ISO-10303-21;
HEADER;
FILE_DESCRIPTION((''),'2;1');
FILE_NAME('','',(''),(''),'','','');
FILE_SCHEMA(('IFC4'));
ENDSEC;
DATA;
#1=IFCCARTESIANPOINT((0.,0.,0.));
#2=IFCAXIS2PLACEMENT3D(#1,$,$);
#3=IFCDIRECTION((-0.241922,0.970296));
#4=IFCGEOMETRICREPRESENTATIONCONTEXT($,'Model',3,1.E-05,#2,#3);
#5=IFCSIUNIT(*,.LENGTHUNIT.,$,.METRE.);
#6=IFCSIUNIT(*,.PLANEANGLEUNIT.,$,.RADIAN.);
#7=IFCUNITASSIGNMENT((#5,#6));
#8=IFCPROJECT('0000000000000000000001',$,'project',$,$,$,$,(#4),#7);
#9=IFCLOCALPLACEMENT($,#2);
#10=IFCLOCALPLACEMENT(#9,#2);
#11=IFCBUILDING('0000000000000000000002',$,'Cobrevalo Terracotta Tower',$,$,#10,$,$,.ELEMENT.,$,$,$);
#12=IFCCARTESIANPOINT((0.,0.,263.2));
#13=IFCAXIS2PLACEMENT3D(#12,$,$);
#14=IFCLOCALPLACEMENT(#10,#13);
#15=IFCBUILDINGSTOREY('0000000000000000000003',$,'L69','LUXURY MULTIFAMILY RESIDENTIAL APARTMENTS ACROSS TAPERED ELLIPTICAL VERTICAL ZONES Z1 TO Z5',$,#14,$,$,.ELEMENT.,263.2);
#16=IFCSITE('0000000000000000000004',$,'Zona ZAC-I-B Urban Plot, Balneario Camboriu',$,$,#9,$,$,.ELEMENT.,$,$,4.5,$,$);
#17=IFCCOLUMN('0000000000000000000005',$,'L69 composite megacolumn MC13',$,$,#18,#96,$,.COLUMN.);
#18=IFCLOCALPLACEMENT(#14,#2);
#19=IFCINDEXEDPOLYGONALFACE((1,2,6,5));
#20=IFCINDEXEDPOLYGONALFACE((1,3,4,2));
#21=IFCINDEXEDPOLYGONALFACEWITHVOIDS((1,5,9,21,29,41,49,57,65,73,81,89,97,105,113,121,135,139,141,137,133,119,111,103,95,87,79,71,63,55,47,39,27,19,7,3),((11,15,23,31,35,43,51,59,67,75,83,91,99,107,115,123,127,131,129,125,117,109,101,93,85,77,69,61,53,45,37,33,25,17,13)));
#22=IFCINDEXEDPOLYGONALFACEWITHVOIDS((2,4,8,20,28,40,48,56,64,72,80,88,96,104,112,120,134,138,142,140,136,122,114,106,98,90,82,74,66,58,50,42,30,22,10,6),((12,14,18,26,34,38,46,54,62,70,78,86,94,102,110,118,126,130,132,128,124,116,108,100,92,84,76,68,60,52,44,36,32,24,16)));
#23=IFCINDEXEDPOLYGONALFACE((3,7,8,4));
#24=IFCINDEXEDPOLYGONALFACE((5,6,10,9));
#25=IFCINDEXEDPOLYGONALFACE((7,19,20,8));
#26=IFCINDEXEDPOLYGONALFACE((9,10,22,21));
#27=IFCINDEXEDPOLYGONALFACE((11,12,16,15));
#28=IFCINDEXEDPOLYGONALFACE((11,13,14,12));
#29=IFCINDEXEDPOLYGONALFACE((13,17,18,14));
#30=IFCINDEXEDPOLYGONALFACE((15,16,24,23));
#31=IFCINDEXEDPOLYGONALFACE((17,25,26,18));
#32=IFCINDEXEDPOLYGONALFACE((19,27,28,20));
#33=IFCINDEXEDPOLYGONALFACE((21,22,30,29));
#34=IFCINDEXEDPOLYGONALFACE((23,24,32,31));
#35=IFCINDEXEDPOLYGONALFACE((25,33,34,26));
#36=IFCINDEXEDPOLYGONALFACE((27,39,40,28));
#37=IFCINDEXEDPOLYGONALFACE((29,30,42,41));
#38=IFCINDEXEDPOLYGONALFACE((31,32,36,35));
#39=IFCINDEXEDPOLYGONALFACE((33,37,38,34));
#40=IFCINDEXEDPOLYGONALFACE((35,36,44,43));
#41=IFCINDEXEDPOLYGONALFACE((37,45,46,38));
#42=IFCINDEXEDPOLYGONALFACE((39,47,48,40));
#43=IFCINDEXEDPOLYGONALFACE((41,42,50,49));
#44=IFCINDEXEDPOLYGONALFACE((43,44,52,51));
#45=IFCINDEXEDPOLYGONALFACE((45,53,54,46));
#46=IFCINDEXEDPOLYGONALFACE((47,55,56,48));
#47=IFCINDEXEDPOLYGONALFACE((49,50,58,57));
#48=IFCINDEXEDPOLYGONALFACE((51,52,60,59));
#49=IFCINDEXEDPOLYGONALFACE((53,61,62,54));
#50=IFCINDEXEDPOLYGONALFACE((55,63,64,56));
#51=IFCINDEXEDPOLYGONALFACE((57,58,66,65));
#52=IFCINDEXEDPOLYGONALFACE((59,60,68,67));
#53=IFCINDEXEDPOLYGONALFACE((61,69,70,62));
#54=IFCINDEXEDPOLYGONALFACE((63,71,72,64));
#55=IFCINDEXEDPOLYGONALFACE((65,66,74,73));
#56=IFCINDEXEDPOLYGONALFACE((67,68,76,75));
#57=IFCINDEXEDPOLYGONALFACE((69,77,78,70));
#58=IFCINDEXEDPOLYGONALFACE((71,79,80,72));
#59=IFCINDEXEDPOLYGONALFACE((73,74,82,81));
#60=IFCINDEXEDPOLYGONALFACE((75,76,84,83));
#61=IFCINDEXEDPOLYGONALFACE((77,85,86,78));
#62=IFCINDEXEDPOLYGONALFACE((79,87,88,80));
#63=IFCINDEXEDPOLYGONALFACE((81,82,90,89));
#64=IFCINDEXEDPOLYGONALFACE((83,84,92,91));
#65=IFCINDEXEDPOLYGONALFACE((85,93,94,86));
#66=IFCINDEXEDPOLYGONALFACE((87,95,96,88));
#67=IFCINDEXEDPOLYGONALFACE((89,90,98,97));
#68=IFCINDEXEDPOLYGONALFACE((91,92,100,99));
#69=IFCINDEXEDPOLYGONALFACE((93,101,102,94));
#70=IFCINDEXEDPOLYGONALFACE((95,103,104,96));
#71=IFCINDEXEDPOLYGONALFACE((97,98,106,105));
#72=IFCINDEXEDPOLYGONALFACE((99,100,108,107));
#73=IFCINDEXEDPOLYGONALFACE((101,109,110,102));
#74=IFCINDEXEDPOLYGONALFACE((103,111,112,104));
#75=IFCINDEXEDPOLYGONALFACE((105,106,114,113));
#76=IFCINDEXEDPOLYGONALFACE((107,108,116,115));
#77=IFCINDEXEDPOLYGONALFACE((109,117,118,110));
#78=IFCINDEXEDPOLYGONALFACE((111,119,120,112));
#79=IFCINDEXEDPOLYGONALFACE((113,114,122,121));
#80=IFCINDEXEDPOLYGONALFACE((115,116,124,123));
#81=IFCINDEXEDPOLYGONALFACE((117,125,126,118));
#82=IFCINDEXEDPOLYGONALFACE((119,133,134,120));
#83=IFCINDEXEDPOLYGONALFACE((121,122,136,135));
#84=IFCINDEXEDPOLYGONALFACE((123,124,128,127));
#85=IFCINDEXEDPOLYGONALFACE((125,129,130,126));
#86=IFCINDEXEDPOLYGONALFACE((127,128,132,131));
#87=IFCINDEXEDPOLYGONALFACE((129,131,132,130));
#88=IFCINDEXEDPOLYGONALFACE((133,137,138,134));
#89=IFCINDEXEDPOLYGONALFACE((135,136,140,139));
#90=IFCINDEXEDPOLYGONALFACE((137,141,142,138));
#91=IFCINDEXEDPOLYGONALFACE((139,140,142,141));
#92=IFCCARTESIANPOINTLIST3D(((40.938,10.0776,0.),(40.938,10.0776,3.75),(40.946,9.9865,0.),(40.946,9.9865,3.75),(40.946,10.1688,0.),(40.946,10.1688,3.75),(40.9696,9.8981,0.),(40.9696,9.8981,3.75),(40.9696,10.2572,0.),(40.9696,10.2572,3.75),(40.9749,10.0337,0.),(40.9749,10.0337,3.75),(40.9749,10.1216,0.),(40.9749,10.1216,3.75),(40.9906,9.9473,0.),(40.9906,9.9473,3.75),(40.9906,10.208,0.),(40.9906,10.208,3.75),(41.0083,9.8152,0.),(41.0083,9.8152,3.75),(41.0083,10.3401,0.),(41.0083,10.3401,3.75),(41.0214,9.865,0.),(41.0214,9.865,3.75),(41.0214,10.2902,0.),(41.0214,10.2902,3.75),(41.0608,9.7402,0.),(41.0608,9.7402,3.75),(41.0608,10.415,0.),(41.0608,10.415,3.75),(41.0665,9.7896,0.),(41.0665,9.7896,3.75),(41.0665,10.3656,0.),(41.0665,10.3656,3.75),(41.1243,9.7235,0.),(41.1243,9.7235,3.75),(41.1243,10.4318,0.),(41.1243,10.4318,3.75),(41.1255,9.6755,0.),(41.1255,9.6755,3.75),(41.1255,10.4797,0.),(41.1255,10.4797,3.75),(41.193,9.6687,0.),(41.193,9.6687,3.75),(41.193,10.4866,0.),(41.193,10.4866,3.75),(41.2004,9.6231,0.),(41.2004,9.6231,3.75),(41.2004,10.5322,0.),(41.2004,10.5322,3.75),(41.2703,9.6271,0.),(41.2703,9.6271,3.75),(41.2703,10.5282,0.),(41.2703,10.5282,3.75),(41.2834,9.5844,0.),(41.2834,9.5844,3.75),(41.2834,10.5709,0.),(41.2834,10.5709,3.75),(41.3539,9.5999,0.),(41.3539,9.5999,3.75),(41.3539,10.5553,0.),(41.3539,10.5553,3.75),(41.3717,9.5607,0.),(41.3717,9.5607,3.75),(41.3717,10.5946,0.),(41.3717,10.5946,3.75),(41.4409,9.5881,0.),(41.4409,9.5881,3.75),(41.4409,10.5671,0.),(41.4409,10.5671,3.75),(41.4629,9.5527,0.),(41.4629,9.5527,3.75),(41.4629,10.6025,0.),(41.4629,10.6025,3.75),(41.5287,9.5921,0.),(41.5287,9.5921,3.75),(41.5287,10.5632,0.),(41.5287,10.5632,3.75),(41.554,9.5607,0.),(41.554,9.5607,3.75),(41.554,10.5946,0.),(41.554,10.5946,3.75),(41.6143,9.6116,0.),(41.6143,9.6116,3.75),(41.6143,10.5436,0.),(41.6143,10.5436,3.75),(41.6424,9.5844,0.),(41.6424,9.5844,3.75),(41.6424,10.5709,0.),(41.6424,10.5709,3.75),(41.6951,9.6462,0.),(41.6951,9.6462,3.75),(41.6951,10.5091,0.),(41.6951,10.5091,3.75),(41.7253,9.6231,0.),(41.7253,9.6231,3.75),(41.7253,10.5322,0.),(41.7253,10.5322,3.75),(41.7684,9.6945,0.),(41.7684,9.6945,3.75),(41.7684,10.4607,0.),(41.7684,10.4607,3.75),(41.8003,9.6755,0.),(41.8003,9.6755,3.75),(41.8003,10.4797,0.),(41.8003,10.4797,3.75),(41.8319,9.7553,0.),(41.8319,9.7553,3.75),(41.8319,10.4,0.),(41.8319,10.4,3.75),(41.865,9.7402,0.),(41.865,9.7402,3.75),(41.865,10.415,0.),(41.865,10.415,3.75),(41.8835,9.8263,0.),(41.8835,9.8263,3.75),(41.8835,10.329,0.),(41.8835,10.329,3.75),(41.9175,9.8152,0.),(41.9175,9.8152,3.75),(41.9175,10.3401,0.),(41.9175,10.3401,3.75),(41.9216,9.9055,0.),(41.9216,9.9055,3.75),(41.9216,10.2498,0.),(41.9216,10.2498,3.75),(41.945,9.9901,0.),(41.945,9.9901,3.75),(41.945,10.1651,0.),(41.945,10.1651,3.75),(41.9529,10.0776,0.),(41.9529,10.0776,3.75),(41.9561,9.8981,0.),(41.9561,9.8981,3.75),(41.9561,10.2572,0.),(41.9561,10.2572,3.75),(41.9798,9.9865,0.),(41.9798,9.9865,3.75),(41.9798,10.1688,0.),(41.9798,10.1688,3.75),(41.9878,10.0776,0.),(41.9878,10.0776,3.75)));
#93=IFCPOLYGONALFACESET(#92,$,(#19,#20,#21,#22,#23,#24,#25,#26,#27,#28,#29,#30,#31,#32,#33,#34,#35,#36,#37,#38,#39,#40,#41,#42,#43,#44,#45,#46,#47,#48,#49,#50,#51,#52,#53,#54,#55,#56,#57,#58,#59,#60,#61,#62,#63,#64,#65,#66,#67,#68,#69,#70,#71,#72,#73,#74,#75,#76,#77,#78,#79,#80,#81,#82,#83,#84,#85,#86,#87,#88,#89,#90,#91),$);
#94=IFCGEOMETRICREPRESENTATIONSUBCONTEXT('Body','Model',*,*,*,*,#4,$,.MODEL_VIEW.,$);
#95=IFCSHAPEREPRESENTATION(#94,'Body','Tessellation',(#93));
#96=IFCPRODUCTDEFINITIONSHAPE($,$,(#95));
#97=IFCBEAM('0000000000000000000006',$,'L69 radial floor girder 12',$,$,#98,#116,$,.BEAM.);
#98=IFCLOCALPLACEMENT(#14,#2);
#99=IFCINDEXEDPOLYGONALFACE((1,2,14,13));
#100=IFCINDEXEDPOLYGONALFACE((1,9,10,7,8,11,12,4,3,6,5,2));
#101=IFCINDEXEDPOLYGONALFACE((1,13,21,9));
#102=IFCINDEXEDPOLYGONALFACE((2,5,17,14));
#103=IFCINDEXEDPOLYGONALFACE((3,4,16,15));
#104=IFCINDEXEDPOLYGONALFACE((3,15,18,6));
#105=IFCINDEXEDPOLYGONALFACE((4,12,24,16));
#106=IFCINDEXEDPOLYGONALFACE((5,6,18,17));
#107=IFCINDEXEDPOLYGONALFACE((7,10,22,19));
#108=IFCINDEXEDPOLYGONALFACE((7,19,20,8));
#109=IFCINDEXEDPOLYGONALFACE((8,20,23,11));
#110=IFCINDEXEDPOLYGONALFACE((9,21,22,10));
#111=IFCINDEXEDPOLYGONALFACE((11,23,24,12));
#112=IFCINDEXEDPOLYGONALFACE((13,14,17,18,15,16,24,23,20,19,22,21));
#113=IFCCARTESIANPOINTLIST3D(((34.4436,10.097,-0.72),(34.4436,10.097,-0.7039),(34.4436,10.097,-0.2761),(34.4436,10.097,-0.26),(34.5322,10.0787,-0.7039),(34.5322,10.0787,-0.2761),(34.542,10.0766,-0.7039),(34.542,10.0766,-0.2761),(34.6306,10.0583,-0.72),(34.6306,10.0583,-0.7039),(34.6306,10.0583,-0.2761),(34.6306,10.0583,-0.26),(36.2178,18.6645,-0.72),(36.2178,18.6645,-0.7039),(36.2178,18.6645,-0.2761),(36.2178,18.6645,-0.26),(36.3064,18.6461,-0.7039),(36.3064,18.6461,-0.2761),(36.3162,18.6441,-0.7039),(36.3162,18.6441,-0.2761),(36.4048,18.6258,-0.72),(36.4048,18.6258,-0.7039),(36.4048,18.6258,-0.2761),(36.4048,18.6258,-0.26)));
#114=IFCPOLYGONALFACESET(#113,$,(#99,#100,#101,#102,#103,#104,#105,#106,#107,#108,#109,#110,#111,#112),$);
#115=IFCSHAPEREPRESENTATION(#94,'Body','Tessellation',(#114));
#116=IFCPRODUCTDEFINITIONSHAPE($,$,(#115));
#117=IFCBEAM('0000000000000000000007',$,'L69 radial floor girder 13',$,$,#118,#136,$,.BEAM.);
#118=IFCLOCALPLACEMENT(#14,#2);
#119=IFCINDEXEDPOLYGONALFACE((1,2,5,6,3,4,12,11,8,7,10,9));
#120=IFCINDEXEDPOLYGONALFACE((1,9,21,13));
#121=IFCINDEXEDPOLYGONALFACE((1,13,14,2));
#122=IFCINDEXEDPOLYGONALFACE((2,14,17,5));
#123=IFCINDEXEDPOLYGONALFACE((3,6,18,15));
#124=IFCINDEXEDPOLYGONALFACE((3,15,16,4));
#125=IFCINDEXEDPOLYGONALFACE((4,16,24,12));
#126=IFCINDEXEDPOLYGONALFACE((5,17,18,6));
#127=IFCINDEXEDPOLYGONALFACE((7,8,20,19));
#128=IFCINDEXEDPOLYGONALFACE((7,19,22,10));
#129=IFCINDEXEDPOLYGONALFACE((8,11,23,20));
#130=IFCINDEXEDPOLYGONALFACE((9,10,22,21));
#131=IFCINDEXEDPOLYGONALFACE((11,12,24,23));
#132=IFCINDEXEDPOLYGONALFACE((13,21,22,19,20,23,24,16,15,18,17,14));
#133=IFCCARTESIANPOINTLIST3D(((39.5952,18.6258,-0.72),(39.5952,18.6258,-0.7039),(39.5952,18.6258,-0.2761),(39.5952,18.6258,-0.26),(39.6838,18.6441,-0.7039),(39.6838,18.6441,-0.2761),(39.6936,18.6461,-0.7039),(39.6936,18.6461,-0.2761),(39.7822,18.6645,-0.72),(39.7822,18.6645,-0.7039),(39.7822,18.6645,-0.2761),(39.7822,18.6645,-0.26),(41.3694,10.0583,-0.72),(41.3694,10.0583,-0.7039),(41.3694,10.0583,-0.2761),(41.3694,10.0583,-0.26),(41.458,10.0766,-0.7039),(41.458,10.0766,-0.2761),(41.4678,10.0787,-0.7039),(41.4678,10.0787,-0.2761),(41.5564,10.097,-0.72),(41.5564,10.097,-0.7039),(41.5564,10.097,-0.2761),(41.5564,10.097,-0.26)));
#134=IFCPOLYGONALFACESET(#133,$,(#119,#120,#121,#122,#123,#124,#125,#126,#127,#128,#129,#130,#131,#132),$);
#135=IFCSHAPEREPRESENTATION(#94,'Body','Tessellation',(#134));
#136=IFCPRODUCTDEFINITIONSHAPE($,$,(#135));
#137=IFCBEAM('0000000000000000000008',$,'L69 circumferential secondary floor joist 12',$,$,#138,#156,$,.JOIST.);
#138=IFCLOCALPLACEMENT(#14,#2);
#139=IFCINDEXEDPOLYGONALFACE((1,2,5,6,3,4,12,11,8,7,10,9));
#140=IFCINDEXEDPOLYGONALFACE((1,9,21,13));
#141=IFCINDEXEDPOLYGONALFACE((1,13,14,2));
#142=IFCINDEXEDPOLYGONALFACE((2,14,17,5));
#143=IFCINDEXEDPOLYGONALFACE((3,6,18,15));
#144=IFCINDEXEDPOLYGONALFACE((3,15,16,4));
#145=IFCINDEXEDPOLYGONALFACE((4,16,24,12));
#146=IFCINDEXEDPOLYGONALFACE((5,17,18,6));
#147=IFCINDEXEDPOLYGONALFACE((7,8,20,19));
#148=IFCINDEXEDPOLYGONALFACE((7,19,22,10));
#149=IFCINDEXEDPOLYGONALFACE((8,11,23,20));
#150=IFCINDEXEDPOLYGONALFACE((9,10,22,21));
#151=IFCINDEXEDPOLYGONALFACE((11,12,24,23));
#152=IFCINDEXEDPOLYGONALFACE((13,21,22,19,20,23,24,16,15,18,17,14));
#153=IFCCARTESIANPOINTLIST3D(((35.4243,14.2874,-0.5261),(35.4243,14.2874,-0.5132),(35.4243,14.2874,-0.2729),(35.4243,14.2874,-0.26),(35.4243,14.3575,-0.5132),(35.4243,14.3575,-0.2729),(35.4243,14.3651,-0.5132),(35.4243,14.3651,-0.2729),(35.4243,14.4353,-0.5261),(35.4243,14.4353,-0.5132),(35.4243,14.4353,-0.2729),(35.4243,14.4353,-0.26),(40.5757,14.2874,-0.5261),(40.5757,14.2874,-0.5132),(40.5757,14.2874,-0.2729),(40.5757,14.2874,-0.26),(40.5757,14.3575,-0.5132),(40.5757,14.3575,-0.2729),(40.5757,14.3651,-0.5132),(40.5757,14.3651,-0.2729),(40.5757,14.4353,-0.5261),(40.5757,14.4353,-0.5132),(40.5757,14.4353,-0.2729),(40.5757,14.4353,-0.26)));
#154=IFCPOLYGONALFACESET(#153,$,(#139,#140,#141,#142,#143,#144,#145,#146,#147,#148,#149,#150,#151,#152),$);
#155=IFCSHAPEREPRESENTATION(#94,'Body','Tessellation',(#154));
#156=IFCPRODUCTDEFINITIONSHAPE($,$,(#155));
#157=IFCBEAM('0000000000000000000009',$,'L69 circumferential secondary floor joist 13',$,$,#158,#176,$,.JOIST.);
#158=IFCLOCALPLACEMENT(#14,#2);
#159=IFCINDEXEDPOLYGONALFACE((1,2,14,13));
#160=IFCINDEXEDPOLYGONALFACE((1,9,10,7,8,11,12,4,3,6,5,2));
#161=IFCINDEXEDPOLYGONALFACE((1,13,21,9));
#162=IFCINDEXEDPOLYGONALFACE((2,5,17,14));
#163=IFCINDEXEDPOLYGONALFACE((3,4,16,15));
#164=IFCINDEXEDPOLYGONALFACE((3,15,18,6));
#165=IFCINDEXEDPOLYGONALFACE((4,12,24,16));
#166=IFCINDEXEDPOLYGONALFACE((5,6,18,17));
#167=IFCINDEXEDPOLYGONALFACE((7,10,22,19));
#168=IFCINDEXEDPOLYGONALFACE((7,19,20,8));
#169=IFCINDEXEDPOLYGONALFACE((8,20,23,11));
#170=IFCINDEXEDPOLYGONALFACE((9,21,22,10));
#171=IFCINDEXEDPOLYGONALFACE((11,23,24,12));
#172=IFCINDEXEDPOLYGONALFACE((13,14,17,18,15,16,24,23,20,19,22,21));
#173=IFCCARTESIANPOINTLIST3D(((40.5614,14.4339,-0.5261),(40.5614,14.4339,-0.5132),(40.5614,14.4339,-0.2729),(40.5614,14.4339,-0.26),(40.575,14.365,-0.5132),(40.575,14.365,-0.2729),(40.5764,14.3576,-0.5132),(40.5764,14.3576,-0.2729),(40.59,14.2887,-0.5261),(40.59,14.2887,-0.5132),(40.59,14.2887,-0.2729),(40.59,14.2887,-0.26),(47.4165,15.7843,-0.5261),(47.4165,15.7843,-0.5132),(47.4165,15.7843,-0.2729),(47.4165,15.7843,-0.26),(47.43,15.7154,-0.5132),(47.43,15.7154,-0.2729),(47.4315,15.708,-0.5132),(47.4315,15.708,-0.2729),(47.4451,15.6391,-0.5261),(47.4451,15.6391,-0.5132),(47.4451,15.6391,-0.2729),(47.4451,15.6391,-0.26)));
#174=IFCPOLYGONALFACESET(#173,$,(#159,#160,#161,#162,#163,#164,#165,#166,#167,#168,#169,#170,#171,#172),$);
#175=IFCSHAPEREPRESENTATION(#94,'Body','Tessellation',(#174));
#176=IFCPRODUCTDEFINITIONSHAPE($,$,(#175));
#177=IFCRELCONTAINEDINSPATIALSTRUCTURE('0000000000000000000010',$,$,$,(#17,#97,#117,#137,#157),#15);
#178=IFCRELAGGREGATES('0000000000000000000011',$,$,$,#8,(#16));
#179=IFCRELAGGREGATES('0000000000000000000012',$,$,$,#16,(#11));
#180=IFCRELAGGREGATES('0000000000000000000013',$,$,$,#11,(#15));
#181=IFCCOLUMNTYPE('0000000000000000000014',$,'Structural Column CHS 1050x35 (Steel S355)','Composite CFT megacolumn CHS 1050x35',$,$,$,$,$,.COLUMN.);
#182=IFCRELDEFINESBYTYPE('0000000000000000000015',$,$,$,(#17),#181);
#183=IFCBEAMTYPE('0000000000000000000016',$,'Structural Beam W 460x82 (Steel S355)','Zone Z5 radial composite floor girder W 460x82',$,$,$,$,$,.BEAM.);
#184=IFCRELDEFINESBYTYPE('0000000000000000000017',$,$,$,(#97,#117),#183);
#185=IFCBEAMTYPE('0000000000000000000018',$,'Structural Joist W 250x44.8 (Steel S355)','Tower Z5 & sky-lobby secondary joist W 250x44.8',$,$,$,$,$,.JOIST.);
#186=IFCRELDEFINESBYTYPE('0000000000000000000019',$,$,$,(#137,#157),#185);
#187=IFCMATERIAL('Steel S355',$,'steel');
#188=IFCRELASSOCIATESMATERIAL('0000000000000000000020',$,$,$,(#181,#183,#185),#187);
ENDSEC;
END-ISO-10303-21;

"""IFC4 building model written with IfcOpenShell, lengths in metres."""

from ifc_helpers import new_model, si_unit, direction, frame, origin, origin_2d, place, context, subcontext, project, spatial, hollow_circle, i_section, extrude, material, material_profile, profile_set, type_object, element, save


model = new_model("IFC4")

# Units and contexts
model_context = context("Model", 3, precision=1e-05, world=origin(), true_north=direction((-0.241922, 0.970296)))
body_context = subcontext(model_context, "Body", "Model", "MODEL_VIEW")
ifc_project = project(units=[si_unit("LENGTHUNIT", "METRE"), si_unit("PLANEANGLEUNIT", "RADIAN")], contexts=[model_context])

# Site, building, storey
site_placement = place(None, origin())
site = spatial("IfcSite", under=ifc_project, at=site_placement, Name="Zona ZAC-I-B Urban Plot, Balneario Camboriu", CompositionType="ELEMENT", RefElevation=4.5)
building_placement = place(site_placement, origin())
building = spatial("IfcBuilding", under=site, at=building_placement, Name="Cobrevalo Terracotta Tower", CompositionType="ELEMENT")
storey_placement = place(building_placement, frame((0.0, 0.0, 263.2)))
storey = spatial("IfcBuildingStorey", under=building, at=storey_placement, Name="L69", Description="LUXURY MULTIFAMILY RESIDENTIAL APARTMENTS ACROSS TAPERED ELLIPTICAL VERTICAL ZONES Z1 TO Z5", CompositionType="ELEMENT", Elevation=263.2)

# Column
ifc_material_1 = material(Name="Steel S355", Category="steel")
ifc_material_profile_1 = material_profile(ifc_material_1, hollow_circle(Radius=0.5249, WallThickness=0.0349, at=origin_2d()), Name="CHS 1050x35")
ifc_profile_set_1 = profile_set([ifc_material_profile_1], Name="Steel S355")
column_type = type_object("IfcColumnType", Name="Structural Column CHS 1050x35 (Steel S355)", Description="Composite CFT megacolumn CHS 1050x35", PredefinedType="COLUMN", material=ifc_profile_set_1)
column_placement = place(storey_placement, frame((41.4629, 10.0776, 0.0), z_axis=(0.0, 0.0, 1.0), x_axis=(1.0, 0.0, 0.0)))
element("IfcColumn", 1, at=column_placement, inside=storey, type_object=column_type, Name="L69 composite megacolumn MC13", PredefinedType="COLUMN", context=body_context, shape_type="SweptSolid", body=[
    extrude(hollow_circle(Radius=0.5249, WallThickness=0.0349, at=origin_2d()), origin(), (0.0, 0.0, 1.0), 3.75),
])

# Beams
ifc_material_profile_2 = material_profile(ifc_material_1, i_section(OverallWidth=0.1909, OverallDepth=0.46, WebThickness=0.01, FlangeThickness=0.0161, at=origin_2d()), Name="W 460x82")
ifc_profile_set_2 = profile_set([ifc_material_profile_2], Name="Steel S355")
beam_type_1 = type_object("IfcBeamType", Name="Structural Beam W 460x82 (Steel S355)", Description="Zone Z5 radial composite floor girder W 460x82", PredefinedType="BEAM", material=ifc_profile_set_2)
for number, where, z_axis, x_axis, name in (
    (2, (34.5371, 10.0776, -0.49), (0.202782, 0.979224, 0.0), (-0.979224, 0.202782, 0.0), "L69 radial floor girder 12"),
    (3, (41.4629, 10.0776, -0.49), (-0.202782, 0.979224, 0.0), (-0.979224, -0.202782, 0.0), "L69 radial floor girder 13"),
):
    element("IfcBeam", number, at=place(storey_placement, frame(where, z_axis=z_axis, x_axis=x_axis)), inside=storey, type_object=beam_type_1, Name=name, PredefinedType="BEAM", context=body_context, shape_type="SweptSolid", body=[
        extrude(i_section(OverallWidth=0.1909, OverallDepth=0.46, WebThickness=0.01, FlangeThickness=0.0161, at=origin_2d()), origin(), (0.0, 0.0, 1.0), 8.7493),
    ])
ifc_material_profile_3 = material_profile(ifc_material_1, i_section(OverallWidth=0.1479, OverallDepth=0.2661, WebThickness=0.0076, FlangeThickness=0.0129, at=origin_2d()), Name="W 250x44.8")
ifc_profile_set_3 = profile_set([ifc_material_profile_3], Name="Steel S355")
beam_type_2 = type_object("IfcBeamType", Name="Structural Joist W 250x44.8 (Steel S355)", Description="Tower Z5 & sky-lobby secondary joist W 250x44.8", PredefinedType="JOIST", material=ifc_profile_set_3)
beam_1_placement = place(storey_placement, frame((35.4243, 14.3613, -0.3931), z_axis=(1.0, 0.0, 0.0), x_axis=(0.0, 1.0, 0.0)))
element("IfcBeam", 4, at=beam_1_placement, inside=storey, type_object=beam_type_2, Name="L69 circumferential secondary floor joist 12", PredefinedType="JOIST", context=body_context, shape_type="SweptSolid", body=[
    extrude(i_section(OverallWidth=0.1479, OverallDepth=0.2661, WebThickness=0.0076, FlangeThickness=0.0129, at=origin_2d()), origin(), (0.0, 0.0, 1.0), 5.1514),
])
beam_2_placement = place(storey_placement, frame((40.5757, 14.3613, -0.3931), z_axis=(0.981145, 0.193273, 0.0), x_axis=(-0.193273, 0.981145, 0.0)))
element("IfcBeam", 5, at=beam_2_placement, inside=storey, type_object=beam_type_2, Name="L69 circumferential secondary floor joist 13", PredefinedType="JOIST", context=body_context, shape_type="SweptSolid", body=[
    extrude(i_section(OverallWidth=0.1479, OverallDepth=0.2661, WebThickness=0.0076, FlangeThickness=0.0129, at=origin_2d()), origin(), (0.0, 0.0, 1.0), 6.9868),
])

save(model, "model.ifc")
